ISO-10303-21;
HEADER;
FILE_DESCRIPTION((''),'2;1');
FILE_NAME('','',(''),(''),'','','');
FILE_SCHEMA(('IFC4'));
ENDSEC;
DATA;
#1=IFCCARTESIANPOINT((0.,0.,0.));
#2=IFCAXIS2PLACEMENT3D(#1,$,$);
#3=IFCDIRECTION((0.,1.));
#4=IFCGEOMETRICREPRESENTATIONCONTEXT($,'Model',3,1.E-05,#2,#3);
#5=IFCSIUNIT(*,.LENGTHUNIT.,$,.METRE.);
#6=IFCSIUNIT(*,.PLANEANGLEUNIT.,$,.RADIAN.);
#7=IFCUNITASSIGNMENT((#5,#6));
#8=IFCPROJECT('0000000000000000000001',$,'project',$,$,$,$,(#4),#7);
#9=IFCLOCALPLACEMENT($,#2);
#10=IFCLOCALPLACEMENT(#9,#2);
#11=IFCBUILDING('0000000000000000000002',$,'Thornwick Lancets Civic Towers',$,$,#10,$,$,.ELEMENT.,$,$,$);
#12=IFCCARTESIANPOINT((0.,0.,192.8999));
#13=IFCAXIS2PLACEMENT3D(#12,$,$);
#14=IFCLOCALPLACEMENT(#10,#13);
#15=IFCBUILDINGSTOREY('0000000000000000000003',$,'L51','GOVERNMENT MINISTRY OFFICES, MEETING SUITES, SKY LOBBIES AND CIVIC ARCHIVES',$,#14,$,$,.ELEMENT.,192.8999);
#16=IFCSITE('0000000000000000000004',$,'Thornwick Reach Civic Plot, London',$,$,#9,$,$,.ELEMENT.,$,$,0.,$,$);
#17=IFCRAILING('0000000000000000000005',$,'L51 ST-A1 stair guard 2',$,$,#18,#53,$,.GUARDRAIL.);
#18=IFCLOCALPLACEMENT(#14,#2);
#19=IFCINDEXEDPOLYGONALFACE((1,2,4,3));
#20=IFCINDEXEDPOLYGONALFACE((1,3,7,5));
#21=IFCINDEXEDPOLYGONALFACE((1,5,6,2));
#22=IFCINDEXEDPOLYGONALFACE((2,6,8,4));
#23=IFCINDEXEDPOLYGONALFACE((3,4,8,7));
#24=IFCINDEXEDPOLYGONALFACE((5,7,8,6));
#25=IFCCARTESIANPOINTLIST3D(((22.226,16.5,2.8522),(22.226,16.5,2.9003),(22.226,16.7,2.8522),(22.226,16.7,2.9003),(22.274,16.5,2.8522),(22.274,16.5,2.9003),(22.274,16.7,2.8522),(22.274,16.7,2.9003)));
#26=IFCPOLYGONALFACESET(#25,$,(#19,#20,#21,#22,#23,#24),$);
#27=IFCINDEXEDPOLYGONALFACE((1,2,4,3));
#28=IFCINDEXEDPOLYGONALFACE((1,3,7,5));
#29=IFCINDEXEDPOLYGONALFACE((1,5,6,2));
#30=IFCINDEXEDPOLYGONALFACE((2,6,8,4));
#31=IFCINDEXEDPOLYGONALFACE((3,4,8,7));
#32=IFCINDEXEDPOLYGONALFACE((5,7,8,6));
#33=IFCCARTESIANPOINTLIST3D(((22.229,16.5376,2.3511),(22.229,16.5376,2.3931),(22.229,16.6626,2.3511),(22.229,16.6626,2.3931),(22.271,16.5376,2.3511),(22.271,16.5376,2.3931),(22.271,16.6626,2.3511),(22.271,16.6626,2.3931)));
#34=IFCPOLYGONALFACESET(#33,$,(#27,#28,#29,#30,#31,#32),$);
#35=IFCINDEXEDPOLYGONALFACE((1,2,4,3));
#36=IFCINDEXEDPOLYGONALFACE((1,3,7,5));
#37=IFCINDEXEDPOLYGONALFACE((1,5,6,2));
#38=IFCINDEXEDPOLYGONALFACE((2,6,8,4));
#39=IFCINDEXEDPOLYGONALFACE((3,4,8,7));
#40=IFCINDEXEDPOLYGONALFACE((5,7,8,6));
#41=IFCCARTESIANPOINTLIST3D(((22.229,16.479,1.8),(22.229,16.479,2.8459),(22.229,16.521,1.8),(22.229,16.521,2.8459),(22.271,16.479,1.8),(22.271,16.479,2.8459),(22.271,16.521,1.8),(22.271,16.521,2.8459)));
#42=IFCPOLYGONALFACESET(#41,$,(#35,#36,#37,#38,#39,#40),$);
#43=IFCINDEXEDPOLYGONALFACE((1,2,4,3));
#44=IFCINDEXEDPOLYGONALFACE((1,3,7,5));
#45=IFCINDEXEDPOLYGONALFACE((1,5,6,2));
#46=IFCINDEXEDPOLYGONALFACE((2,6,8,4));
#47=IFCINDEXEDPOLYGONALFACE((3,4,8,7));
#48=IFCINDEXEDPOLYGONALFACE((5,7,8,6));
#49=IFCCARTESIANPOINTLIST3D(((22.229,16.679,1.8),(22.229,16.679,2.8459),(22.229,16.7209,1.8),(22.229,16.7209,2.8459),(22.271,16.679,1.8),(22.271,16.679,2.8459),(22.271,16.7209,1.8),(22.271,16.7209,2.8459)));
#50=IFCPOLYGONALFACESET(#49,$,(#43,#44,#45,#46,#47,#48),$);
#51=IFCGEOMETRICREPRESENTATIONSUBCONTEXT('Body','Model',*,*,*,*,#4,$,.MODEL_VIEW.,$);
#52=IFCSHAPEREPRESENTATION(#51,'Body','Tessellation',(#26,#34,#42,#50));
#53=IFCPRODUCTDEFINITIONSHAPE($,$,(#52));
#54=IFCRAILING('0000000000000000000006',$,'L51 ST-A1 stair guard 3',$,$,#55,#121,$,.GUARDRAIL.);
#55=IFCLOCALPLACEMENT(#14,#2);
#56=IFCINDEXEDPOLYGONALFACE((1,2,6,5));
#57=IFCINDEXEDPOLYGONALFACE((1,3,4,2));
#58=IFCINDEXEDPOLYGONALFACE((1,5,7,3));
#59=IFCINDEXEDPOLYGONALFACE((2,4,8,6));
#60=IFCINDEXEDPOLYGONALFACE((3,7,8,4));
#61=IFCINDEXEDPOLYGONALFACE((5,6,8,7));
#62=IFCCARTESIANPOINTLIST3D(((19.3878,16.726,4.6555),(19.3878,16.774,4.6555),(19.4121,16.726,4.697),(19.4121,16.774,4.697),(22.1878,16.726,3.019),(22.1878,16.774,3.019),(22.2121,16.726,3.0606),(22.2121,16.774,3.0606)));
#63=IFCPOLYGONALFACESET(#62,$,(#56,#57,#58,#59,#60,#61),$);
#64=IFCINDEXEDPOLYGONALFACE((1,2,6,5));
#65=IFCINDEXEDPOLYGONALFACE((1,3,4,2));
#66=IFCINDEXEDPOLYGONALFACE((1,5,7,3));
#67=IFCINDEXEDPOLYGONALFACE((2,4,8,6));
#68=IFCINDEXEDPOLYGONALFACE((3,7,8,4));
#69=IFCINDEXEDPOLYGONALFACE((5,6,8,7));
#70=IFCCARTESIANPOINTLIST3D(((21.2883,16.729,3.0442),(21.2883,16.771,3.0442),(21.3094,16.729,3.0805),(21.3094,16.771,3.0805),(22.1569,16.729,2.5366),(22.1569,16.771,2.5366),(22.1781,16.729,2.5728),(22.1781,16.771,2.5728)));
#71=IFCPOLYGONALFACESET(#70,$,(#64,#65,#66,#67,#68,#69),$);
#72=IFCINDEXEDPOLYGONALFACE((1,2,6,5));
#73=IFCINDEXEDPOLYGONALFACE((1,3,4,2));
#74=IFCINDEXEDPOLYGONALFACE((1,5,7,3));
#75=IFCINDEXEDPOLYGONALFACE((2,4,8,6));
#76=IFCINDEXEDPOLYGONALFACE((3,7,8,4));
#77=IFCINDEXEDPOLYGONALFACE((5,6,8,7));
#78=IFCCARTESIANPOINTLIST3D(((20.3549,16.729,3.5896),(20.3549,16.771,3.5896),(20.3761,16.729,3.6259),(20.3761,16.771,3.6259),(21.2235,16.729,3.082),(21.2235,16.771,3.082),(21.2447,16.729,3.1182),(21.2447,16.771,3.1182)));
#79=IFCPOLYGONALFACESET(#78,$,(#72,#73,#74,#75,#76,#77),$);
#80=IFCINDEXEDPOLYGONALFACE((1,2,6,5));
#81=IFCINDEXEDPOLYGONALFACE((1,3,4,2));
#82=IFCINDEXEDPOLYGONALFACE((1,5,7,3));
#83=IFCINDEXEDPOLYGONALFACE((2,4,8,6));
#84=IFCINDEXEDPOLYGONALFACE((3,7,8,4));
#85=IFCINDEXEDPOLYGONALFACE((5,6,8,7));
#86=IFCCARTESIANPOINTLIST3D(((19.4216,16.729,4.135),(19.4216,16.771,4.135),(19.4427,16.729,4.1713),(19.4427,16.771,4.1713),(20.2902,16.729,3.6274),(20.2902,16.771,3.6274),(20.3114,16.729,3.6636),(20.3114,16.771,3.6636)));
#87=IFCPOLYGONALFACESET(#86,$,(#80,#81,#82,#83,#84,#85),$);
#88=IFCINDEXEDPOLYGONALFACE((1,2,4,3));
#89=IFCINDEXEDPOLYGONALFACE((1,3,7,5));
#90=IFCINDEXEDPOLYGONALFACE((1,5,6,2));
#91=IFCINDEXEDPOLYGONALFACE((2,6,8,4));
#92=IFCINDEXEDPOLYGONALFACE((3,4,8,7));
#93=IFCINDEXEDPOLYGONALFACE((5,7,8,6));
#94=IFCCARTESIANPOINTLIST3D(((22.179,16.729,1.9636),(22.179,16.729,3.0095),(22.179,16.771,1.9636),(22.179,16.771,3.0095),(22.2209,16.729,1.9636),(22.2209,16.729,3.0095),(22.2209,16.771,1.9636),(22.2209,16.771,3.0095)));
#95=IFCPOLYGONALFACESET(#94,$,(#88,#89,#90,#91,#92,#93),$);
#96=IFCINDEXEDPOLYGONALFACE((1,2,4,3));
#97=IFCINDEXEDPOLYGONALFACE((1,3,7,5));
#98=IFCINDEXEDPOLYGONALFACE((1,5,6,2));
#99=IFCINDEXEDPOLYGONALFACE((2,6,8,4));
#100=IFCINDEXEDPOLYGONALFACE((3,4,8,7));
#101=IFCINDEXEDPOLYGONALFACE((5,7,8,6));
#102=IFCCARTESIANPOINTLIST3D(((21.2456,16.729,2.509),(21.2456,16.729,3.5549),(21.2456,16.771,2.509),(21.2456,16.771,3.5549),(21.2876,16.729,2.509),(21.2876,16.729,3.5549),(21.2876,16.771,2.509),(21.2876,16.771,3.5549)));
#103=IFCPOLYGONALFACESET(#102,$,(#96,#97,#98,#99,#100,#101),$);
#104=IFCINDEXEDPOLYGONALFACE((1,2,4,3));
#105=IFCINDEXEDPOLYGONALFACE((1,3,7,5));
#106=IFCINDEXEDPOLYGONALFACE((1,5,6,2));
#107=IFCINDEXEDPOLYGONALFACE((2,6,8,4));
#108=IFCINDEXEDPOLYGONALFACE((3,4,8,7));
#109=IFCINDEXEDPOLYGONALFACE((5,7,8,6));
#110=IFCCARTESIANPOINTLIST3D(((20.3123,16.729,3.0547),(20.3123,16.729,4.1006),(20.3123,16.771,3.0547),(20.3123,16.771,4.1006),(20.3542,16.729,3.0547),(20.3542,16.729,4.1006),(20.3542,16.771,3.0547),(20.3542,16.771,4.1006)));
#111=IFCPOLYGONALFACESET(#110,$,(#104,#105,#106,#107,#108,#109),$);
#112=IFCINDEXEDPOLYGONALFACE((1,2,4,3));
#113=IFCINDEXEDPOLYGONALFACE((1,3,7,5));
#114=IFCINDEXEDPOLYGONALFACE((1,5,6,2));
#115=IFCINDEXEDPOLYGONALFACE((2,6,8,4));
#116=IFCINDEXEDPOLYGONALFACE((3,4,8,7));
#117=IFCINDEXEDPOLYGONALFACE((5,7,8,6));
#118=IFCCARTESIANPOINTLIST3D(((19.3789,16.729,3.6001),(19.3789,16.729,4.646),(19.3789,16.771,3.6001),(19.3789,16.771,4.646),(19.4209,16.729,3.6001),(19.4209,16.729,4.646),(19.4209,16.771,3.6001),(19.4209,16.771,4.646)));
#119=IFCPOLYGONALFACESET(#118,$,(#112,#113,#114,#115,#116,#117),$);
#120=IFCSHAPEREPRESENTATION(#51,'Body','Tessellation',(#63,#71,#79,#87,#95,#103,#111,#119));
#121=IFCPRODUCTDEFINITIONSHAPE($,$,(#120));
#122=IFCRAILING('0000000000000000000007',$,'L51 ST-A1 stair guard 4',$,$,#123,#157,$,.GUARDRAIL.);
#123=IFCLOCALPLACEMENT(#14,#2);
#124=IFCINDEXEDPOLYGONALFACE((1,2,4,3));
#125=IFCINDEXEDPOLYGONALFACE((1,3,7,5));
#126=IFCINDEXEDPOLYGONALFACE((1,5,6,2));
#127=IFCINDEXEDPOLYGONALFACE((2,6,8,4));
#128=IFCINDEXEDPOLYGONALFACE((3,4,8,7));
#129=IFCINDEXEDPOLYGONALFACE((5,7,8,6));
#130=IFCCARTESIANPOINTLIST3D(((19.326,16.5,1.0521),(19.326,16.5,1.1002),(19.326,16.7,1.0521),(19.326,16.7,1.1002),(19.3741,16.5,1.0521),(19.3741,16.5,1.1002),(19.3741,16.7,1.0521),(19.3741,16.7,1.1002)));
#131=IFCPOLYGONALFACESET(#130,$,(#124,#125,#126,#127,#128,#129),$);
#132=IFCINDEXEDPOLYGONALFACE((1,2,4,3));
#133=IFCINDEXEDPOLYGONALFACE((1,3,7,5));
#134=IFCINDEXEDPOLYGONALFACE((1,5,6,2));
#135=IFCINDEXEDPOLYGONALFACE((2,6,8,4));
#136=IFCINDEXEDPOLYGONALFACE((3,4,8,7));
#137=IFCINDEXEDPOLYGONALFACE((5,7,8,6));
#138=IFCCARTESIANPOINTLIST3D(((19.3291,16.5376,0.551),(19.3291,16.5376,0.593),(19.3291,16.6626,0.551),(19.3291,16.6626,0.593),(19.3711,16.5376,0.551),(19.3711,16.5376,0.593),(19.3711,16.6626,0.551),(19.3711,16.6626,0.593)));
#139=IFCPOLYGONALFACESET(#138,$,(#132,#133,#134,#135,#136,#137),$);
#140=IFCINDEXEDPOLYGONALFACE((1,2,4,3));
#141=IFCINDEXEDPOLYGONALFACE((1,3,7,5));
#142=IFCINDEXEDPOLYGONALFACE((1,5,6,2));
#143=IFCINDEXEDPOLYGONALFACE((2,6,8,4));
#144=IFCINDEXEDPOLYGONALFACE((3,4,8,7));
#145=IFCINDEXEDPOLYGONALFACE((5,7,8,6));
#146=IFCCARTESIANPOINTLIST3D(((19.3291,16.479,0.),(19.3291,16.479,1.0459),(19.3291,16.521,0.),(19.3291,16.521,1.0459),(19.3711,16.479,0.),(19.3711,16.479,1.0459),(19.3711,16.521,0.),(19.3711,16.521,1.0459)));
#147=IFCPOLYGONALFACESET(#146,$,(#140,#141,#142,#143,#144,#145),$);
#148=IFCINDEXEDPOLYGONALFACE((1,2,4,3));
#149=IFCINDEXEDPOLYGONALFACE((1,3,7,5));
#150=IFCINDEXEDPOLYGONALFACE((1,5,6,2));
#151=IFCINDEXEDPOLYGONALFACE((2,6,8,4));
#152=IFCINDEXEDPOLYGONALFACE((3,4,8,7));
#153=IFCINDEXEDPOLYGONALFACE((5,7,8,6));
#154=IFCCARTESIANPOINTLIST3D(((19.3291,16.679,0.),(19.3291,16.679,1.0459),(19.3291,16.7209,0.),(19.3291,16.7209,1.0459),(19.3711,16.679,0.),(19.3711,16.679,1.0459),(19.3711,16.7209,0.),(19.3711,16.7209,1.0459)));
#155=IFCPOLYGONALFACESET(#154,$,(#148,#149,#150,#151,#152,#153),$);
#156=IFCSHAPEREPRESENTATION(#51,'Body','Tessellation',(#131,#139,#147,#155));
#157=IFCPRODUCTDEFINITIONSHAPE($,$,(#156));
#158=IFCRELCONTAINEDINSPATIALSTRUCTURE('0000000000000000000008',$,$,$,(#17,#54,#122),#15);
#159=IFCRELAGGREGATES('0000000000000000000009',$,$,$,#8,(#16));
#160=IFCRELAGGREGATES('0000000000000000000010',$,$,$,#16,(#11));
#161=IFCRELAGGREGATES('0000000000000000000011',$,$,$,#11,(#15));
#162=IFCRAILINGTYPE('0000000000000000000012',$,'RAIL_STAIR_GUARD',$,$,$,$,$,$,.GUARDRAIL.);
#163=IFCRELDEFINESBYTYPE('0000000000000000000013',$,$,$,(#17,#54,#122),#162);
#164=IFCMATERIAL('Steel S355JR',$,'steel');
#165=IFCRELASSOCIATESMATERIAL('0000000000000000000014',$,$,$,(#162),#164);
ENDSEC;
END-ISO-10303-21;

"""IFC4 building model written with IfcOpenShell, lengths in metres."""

from ifc_helpers import new_model, si_unit, direction, frame, origin, origin_2d, place, context, subcontext, project, spatial, rectangle, extrude, material, type_object, element, save


model = new_model("IFC4")

# Units and contexts
model_context = context("Model", 3, precision=1e-05, world=origin(), true_north=direction((0.0, 1.0)))
body_context = subcontext(model_context, "Body", "Model", "MODEL_VIEW")
ifc_project = project(units=[si_unit("LENGTHUNIT", "METRE"), si_unit("PLANEANGLEUNIT", "RADIAN")], contexts=[model_context])

# Site, building, storey
site_placement = place(None, origin())
site = spatial("IfcSite", under=ifc_project, at=site_placement, Name="Thornwick Reach Civic Plot, London", CompositionType="ELEMENT", RefElevation=0.0)
building_placement = place(site_placement, origin())
building = spatial("IfcBuilding", under=site, at=building_placement, Name="Thornwick Lancets Civic Towers", CompositionType="ELEMENT")
storey_placement = place(building_placement, frame((0.0, 0.0, 192.8999)))
storey = spatial("IfcBuildingStorey", under=building, at=storey_placement, Name="L51", Description="GOVERNMENT MINISTRY OFFICES, MEETING SUITES, SKY LOBBIES AND CIVIC ARCHIVES", CompositionType="ELEMENT", Elevation=192.8999)

# Shared definitions
ifc_material_1 = material(Name="Steel S355JR", Category="steel")

# Railings
railing_type_1 = type_object("IfcRailingType", Name="RAIL_STAIR_GUARD", PredefinedType="GUARDRAIL", material=ifc_material_1)
railing_1_placement = place(storey_placement, frame((22.25, 16.5, 1.8)))
element("IfcRailing", 1, at=railing_1_placement, inside=storey, type_object=railing_type_1, Name="L51 ST-A1 stair guard 2", PredefinedType="GUARDRAIL", context=body_context, shape_type="SweptSolid", body=[
    extrude(rectangle(XDim=0.0481, YDim=0.0481, at=origin_2d()), frame((0.0, 0.0, 1.0762), z_axis=(0.0, 1.0, 0.0), x_axis=(-1.0, 0.0, 0.0)), (0.0, 0.0, 1.0), 0.2),
    extrude(rectangle(XDim=0.042, YDim=0.042, at=origin_2d()), frame((0.0, 0.0376, 0.572), z_axis=(0.0, 1.0, 0.0), x_axis=(-1.0, 0.0, 0.0)), (0.0, 0.0, 1.0), 0.125),
    extrude(rectangle(XDim=0.042, YDim=0.042, at=origin_2d()), origin(), (0.0, 0.0, 1.0), 1.0459),
    extrude(rectangle(XDim=0.042, YDim=0.042, at=origin_2d()), frame((0.0, 0.2, 0.0)), (0.0, 0.0, 1.0), 1.0459),
])
railing_2_placement = place(storey_placement, frame((22.2, 16.75, 1.9636)))
element("IfcRailing", 2, at=railing_2_placement, inside=storey, type_object=railing_type_1, Name="L51 ST-A1 stair guard 3", PredefinedType="GUARDRAIL", context=body_context, shape_type="SweptSolid", body=[
    extrude(rectangle(XDim=0.0481, YDim=0.0481, at=origin_2d()), frame((0.0, 0.0, 1.0762), z_axis=(-0.863361, 0.0, 0.504587), x_axis=(0.0, -1.0, 0.0)), (0.0, 0.0, 1.0), 3.2432),
    extrude(rectangle(XDim=0.042, YDim=0.042, at=origin_2d()), frame((-0.0325, 0.0, 0.5911), z_axis=(-0.863361, 0.0, 0.504587), x_axis=(0.0, -1.0, 0.0)), (0.0, 0.0, 1.0), 1.0061),
    extrude(rectangle(XDim=0.042, YDim=0.042, at=origin_2d()), frame((-0.9658, 0.0, 1.1365), z_axis=(-0.863361, 0.0, 0.504587), x_axis=(0.0, -1.0, 0.0)), (0.0, 0.0, 1.0), 1.0061),
    extrude(rectangle(XDim=0.042, YDim=0.042, at=origin_2d()), frame((-1.8992, 0.0, 1.6819), z_axis=(-0.863361, 0.0, 0.504587), x_axis=(0.0, -1.0, 0.0)), (0.0, 0.0, 1.0), 1.0061),
    extrude(rectangle(XDim=0.042, YDim=0.042, at=origin_2d()), origin(), (0.0, 0.0, 1.0), 1.0459),
    extrude(rectangle(XDim=0.042, YDim=0.042, at=origin_2d()), frame((-0.9333, 0.0, 0.5454)), (0.0, 0.0, 1.0), 1.0459),
    extrude(rectangle(XDim=0.042, YDim=0.042, at=origin_2d()), frame((-1.8667, 0.0, 1.0911)), (0.0, 0.0, 1.0), 1.0459),
    extrude(rectangle(XDim=0.042, YDim=0.042, at=origin_2d()), frame((-2.8, 0.0, 1.6365)), (0.0, 0.0, 1.0), 1.0459),
])
railing_3_placement = place(storey_placement, frame((19.3501, 16.5, 0.0)))
element("IfcRailing", 3, at=railing_3_placement, inside=storey, type_object=railing_type_1, Name="L51 ST-A1 stair guard 4", PredefinedType="GUARDRAIL", context=body_context, shape_type="SweptSolid", body=[
    extrude(rectangle(XDim=0.0481, YDim=0.0481, at=origin_2d()), frame((0.0, 0.0, 1.0762), z_axis=(0.0, 1.0, 0.0), x_axis=(-1.0, 0.0, 0.0)), (0.0, 0.0, 1.0), 0.2),
    extrude(rectangle(XDim=0.042, YDim=0.042, at=origin_2d()), frame((0.0, 0.0376, 0.572), z_axis=(0.0, 1.0, 0.0), x_axis=(-1.0, 0.0, 0.0)), (0.0, 0.0, 1.0), 0.125),
    extrude(rectangle(XDim=0.042, YDim=0.042, at=origin_2d()), origin(), (0.0, 0.0, 1.0), 1.0459),
    extrude(rectangle(XDim=0.042, YDim=0.042, at=origin_2d()), frame((0.0, 0.2, 0.0)), (0.0, 0.0, 1.0), 1.0459),
])

save(model, "model.ifc")
